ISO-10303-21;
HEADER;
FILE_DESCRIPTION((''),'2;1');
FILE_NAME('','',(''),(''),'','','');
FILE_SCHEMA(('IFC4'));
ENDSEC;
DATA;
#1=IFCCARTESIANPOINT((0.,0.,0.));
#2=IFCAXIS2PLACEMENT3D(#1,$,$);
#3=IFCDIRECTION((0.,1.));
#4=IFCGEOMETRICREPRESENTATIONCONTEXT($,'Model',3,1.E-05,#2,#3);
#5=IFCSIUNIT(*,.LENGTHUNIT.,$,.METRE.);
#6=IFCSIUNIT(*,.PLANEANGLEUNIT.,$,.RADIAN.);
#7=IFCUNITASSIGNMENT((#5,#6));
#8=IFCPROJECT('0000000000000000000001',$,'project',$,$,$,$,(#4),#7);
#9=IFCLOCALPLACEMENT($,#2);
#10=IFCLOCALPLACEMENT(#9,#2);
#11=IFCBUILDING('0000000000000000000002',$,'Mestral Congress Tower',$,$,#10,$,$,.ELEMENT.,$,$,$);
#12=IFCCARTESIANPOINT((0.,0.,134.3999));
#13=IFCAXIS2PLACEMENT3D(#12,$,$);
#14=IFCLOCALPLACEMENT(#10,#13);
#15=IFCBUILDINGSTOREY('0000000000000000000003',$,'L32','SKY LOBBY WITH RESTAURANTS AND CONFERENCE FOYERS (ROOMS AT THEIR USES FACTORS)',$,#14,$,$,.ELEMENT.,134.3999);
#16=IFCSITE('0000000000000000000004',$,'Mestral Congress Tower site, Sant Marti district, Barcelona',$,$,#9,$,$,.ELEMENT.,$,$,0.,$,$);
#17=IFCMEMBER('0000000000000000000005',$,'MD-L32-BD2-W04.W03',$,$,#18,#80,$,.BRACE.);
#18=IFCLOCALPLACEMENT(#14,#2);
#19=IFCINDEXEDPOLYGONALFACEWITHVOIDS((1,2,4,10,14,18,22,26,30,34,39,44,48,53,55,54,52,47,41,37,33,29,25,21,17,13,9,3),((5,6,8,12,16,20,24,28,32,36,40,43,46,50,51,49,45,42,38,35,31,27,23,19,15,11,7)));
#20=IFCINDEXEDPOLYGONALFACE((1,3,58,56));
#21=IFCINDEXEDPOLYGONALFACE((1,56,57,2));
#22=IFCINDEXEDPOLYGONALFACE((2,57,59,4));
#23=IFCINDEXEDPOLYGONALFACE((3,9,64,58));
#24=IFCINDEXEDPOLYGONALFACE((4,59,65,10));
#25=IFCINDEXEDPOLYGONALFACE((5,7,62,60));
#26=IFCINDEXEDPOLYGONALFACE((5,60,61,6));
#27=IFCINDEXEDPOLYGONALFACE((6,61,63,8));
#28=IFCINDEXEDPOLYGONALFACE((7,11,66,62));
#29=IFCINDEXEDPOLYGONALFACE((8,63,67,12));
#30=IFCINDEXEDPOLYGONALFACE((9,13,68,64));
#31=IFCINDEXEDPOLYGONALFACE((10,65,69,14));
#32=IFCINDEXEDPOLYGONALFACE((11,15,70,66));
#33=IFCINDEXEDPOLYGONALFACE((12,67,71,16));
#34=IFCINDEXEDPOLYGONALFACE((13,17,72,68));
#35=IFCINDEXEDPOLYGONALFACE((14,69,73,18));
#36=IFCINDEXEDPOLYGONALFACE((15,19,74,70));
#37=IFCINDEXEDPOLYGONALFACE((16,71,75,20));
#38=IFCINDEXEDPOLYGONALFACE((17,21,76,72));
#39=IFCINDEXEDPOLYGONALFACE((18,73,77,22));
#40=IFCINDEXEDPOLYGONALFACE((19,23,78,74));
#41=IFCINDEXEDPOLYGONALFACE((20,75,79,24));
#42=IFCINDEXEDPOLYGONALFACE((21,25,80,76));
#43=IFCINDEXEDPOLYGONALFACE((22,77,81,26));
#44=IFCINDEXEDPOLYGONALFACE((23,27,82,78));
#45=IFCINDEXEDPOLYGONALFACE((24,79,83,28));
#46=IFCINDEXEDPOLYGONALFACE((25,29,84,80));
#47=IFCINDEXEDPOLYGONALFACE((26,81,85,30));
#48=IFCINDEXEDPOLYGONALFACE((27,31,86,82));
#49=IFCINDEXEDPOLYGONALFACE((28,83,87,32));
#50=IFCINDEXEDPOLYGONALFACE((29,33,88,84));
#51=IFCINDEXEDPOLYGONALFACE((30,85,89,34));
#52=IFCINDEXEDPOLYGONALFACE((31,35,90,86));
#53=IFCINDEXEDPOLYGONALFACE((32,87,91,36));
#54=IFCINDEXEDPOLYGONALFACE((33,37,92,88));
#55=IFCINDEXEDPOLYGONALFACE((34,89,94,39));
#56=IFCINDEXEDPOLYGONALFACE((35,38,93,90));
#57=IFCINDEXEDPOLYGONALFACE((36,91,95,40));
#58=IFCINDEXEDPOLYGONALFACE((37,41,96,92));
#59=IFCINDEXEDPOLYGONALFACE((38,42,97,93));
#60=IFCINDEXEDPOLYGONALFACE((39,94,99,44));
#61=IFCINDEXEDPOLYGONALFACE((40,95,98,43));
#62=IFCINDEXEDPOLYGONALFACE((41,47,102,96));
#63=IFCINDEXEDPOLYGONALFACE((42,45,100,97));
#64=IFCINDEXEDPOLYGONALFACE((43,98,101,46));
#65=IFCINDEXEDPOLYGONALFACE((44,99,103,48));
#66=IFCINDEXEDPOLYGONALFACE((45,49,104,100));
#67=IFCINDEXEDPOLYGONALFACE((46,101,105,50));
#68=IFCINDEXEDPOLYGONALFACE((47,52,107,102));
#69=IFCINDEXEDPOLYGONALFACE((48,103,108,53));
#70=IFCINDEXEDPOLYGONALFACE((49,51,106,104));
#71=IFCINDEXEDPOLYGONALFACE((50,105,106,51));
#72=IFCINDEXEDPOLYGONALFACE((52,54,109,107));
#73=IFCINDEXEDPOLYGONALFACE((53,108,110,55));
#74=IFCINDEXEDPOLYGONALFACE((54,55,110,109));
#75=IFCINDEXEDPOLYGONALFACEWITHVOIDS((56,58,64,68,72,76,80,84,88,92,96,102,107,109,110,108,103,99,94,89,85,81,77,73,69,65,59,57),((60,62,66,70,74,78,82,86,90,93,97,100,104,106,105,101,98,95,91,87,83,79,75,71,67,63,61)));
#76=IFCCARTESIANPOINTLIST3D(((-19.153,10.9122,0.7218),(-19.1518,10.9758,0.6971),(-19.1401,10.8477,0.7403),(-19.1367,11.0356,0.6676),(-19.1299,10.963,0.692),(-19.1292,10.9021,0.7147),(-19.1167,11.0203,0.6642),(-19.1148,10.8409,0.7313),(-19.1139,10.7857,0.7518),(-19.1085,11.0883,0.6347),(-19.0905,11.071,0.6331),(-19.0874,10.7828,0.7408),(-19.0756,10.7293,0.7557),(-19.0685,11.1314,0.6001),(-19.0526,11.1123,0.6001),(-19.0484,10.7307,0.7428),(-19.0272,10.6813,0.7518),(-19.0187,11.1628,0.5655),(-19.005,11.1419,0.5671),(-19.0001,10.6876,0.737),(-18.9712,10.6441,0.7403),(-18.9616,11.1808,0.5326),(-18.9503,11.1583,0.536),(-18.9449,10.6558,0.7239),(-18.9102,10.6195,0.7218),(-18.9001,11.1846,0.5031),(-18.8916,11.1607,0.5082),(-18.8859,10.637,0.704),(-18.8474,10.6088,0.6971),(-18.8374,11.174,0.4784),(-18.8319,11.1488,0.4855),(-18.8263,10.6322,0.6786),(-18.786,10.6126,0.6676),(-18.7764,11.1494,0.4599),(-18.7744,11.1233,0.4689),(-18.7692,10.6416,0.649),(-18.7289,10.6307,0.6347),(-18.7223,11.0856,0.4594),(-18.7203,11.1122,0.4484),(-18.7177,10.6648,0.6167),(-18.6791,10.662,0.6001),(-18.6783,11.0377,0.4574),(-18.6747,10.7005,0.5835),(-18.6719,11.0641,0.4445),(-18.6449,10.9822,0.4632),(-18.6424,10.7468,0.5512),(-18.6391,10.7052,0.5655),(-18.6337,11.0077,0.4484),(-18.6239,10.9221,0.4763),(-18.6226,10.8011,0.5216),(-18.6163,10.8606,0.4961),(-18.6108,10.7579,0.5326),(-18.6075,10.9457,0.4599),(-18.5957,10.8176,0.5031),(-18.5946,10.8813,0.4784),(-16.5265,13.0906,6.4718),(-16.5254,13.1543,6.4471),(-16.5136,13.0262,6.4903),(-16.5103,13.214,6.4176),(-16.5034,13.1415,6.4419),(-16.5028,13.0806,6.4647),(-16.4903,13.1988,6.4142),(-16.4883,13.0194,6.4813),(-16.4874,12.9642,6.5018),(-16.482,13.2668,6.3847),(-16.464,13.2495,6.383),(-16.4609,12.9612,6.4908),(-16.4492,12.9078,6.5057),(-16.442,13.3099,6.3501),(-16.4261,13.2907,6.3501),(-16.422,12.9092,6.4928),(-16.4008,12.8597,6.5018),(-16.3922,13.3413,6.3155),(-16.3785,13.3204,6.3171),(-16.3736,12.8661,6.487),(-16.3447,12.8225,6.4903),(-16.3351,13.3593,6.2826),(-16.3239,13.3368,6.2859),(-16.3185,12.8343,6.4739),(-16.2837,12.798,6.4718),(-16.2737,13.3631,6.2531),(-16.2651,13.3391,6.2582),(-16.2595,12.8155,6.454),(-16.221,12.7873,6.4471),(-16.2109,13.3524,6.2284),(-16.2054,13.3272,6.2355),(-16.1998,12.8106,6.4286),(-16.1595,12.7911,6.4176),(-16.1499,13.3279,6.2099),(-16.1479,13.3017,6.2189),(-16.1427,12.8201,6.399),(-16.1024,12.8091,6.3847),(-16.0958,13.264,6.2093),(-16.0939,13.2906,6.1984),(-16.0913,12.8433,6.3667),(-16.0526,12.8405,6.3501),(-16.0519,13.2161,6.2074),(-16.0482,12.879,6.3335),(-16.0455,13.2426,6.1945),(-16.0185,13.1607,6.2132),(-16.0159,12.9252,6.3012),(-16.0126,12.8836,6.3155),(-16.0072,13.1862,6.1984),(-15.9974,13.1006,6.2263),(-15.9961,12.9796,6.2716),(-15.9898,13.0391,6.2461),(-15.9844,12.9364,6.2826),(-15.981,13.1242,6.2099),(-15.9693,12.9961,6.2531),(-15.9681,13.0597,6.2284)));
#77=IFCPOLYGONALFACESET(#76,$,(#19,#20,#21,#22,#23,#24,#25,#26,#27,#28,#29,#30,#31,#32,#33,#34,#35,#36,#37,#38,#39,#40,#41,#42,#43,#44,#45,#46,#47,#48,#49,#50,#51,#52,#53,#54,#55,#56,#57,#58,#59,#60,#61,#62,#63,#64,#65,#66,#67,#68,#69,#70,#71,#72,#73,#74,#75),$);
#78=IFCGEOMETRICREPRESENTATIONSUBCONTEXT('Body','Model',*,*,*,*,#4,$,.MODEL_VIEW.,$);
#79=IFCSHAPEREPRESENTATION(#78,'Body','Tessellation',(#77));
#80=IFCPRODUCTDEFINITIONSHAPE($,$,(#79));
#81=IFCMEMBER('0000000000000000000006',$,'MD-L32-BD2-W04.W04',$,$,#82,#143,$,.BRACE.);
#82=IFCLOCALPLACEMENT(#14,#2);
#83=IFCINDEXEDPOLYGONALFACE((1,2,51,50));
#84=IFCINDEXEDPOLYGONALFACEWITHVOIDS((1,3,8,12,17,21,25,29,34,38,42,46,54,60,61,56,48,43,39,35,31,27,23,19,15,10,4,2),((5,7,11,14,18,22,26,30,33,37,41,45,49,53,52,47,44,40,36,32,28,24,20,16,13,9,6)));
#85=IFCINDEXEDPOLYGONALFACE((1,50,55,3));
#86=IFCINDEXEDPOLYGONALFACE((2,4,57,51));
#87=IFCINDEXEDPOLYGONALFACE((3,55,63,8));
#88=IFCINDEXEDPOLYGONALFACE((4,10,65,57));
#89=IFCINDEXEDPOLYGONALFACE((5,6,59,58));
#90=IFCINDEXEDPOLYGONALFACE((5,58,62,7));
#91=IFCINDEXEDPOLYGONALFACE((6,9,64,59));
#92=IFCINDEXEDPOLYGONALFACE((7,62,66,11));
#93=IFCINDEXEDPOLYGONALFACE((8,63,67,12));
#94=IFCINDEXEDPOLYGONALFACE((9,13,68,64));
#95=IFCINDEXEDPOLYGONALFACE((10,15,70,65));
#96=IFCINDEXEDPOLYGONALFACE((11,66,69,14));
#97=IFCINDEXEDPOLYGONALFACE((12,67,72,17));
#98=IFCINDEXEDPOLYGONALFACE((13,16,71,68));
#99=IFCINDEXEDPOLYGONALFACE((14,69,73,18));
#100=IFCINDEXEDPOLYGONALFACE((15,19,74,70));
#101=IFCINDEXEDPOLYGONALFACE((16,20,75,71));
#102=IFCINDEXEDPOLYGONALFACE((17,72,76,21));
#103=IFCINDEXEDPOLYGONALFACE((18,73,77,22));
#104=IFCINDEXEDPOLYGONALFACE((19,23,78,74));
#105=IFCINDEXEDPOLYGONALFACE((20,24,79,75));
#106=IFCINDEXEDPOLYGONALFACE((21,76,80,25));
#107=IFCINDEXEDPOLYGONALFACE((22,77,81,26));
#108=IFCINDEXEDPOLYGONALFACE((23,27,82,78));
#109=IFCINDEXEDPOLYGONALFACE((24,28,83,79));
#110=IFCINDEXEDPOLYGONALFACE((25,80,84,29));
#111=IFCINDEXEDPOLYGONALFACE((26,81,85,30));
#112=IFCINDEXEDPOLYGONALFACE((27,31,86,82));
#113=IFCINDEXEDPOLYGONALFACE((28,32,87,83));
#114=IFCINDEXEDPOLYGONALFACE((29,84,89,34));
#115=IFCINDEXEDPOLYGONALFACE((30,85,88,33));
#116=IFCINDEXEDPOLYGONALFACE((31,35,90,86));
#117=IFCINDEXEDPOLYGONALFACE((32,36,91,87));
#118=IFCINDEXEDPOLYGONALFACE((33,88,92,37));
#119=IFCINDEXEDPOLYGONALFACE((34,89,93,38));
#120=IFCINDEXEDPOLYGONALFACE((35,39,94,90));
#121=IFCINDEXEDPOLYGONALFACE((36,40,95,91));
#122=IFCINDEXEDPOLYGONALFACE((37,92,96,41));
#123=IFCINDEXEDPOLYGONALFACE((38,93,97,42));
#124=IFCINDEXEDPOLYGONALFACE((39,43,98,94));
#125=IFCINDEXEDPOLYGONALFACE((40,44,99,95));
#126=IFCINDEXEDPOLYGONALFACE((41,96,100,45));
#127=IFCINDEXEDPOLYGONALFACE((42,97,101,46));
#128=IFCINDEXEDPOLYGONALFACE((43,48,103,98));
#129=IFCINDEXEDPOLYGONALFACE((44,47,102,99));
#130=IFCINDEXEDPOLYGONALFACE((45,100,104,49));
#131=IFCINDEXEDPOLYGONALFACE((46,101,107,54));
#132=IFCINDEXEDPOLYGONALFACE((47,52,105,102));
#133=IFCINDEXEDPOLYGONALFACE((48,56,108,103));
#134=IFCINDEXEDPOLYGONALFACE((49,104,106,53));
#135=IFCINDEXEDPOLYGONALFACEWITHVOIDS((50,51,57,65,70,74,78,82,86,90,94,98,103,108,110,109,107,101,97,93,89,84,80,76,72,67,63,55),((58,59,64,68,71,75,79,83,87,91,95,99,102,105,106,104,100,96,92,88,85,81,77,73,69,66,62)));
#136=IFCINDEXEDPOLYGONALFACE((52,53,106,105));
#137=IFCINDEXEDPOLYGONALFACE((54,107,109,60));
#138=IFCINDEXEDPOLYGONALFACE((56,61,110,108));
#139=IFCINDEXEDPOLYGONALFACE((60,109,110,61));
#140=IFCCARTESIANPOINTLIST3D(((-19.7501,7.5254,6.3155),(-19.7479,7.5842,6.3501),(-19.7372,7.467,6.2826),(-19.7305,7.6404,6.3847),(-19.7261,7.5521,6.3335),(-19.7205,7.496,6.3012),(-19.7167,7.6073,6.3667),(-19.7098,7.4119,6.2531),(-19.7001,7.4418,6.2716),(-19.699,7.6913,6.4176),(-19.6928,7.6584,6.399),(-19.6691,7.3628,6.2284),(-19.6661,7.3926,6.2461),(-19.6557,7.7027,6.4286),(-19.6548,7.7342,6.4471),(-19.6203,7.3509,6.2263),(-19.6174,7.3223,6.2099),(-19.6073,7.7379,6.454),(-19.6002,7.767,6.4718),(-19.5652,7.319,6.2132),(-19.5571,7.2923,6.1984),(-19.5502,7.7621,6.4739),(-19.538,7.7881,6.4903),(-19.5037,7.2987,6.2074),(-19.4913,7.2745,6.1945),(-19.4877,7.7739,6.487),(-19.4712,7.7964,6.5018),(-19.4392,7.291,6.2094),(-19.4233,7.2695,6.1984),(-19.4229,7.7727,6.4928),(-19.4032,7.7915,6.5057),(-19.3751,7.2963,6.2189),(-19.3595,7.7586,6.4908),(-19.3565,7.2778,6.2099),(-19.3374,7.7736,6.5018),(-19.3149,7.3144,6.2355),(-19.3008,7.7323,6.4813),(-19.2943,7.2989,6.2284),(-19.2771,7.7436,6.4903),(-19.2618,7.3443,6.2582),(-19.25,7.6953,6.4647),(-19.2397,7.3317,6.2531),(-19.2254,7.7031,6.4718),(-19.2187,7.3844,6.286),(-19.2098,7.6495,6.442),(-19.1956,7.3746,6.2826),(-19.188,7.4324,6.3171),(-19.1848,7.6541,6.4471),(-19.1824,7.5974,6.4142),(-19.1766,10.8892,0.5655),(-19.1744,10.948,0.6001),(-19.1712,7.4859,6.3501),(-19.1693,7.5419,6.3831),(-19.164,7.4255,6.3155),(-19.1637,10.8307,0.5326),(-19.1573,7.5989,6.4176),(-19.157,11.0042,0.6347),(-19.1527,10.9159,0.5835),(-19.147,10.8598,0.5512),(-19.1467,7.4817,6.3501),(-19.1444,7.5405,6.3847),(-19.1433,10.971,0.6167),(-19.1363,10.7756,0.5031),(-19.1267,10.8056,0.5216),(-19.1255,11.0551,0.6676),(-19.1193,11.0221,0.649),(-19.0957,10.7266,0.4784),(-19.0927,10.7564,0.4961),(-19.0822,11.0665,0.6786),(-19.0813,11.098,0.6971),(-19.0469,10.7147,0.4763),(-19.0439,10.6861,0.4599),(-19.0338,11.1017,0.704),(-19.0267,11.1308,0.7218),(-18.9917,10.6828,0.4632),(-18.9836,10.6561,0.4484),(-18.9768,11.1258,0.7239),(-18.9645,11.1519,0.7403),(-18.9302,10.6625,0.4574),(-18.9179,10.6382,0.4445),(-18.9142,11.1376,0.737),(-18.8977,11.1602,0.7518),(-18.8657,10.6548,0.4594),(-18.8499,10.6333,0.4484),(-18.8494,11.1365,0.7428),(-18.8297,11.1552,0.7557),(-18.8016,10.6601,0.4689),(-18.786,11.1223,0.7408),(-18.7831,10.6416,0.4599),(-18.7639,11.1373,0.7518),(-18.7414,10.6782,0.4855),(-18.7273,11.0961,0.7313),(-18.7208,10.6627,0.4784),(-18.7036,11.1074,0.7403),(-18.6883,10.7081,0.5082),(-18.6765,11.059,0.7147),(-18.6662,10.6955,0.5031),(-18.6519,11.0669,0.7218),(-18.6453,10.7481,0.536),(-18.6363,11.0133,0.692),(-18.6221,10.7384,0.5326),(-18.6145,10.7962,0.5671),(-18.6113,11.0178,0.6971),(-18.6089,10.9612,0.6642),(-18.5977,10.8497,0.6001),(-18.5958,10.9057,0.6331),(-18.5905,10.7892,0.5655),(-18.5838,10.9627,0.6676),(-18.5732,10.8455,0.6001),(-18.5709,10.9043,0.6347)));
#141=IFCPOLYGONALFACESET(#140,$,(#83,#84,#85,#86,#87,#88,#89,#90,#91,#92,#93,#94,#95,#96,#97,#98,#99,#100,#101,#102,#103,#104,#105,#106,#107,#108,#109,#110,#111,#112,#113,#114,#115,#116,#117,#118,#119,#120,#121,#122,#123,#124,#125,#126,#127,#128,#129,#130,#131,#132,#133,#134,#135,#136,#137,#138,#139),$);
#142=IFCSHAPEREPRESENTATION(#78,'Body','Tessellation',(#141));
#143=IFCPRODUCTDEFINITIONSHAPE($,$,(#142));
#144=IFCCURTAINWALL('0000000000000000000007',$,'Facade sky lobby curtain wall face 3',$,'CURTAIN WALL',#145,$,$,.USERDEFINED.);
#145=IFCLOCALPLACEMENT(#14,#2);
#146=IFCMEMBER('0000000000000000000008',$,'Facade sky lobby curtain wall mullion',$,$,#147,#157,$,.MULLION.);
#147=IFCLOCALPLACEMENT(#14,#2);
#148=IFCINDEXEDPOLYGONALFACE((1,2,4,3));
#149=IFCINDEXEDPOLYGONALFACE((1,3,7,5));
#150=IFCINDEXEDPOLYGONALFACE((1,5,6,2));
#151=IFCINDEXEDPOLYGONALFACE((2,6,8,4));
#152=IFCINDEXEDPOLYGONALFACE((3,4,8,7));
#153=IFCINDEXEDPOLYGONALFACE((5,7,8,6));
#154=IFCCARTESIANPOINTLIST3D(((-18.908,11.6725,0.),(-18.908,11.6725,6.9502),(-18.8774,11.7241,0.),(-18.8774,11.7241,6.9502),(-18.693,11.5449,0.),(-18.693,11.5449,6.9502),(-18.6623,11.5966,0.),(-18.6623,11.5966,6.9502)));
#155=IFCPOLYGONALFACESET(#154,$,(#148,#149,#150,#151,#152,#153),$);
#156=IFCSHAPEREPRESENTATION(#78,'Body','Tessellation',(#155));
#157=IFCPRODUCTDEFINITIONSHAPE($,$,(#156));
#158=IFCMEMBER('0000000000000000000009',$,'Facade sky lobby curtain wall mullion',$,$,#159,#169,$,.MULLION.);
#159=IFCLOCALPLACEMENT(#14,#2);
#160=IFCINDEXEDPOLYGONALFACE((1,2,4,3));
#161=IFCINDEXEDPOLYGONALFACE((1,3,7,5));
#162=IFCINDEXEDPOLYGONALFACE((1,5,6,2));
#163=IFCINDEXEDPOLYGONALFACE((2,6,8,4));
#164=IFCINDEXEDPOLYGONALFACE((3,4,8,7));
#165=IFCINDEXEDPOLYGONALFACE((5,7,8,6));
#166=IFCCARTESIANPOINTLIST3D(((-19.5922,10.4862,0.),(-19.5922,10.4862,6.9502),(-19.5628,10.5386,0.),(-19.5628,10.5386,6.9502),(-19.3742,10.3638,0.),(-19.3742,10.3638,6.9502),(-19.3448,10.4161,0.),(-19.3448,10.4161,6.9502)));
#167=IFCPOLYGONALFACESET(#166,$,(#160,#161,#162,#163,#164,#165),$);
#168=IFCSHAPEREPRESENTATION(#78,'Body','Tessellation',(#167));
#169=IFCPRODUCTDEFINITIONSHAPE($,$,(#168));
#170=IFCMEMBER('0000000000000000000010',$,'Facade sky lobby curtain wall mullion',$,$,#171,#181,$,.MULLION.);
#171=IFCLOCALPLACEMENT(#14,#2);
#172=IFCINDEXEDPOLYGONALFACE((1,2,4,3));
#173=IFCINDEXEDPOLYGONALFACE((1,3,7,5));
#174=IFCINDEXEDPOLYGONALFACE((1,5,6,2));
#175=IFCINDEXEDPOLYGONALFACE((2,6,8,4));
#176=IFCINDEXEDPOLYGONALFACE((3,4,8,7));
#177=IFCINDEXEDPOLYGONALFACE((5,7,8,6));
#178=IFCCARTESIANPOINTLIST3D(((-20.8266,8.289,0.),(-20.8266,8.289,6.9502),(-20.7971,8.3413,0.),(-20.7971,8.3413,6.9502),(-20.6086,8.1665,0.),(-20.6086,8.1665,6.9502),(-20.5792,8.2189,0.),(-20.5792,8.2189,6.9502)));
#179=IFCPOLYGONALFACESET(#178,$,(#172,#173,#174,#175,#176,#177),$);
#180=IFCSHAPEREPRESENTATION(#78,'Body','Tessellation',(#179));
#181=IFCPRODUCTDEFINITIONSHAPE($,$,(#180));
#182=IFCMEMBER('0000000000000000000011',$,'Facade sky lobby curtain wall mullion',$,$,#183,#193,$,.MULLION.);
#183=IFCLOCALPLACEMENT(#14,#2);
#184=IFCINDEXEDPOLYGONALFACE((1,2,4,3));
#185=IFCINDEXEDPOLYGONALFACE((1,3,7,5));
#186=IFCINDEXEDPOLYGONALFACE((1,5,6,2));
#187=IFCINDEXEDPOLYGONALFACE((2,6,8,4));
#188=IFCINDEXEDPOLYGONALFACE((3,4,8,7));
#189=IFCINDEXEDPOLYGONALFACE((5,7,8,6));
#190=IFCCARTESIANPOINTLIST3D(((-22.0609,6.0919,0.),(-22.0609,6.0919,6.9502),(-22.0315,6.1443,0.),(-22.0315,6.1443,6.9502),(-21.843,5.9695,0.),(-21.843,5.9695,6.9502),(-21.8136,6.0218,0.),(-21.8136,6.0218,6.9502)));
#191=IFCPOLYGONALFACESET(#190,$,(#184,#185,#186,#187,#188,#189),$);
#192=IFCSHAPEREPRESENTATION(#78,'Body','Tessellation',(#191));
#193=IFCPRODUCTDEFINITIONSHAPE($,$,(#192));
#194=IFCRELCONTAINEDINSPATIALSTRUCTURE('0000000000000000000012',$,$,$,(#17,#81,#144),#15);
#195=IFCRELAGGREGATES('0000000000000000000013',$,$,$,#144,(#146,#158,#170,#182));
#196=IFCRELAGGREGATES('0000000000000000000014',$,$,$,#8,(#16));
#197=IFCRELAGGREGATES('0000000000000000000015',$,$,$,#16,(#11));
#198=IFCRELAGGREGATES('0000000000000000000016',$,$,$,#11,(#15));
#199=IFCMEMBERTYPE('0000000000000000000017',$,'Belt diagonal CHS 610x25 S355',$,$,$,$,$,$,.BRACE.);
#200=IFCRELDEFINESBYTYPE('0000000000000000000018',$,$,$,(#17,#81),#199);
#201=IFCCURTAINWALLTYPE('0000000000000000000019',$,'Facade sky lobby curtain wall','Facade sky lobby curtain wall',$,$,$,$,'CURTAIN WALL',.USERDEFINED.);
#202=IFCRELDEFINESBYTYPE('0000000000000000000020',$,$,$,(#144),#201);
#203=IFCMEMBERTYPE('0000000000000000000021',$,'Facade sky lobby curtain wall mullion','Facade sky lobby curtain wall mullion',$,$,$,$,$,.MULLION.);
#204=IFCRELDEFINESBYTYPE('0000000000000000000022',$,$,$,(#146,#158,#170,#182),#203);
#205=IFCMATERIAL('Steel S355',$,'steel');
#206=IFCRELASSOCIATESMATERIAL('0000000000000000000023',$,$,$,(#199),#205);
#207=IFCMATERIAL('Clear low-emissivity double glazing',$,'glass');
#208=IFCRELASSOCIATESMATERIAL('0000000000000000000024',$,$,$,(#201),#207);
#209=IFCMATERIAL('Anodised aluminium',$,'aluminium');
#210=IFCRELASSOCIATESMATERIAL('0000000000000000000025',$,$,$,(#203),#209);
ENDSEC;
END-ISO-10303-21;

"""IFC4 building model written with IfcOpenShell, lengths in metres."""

from ifc_helpers import new_model, si_unit, direction, frame, origin, origin_2d, place, context, subcontext, project, spatial, rectangle, hollow_circle, extrude, material, material_profile, profile_set, type_object, element, aggregate, save


model = new_model("IFC4")

# Units and contexts
model_context = context("Model", 3, precision=1e-05, world=origin(), true_north=direction((0.0, 1.0)))
body_context = subcontext(model_context, "Body", "Model", "MODEL_VIEW")
ifc_project = project(units=[si_unit("LENGTHUNIT", "METRE"), si_unit("PLANEANGLEUNIT", "RADIAN")], contexts=[model_context])

# Site, building, storey
site_placement = place(None, origin())
site = spatial("IfcSite", under=ifc_project, at=site_placement, Name="Mestral Congress Tower site, Sant Marti district, Barcelona", CompositionType="ELEMENT", RefElevation=0.0)
building_placement = place(site_placement, origin())
building = spatial("IfcBuilding", under=site, at=building_placement, Name="Mestral Congress Tower", CompositionType="ELEMENT")
storey_placement = place(building_placement, frame((0.0, 0.0, 134.3999)))
storey = spatial("IfcBuildingStorey", under=building, at=storey_placement, Name="L32", Description="SKY LOBBY WITH RESTAURANTS AND CONFERENCE FOYERS (ROOMS AT THEIR USES FACTORS)", CompositionType="ELEMENT", Elevation=134.3999)

# Members
ifc_material_1 = material(Name="Steel S355", Category="steel")
ifc_material_profile_1 = material_profile(ifc_material_1, hollow_circle(Radius=0.3049, WallThickness=0.0249, at=origin_2d()), Name="CHS 610x25")
ifc_profile_set_1 = profile_set([ifc_material_profile_1], Name="Steel S355")
member_type_1 = type_object("IfcMemberType", Name="Belt diagonal CHS 610x25 S355", PredefinedType="BRACE", material=ifc_profile_set_1)
for number, where, z_axis, x_axis, name in (
    (1, (-18.8738, 10.8967, 0.6001), (0.392813, 0.325811, 0.859968), (-0.638409, 0.769697, 0.0), "MD-L32-BD2-W04.W03"),
    (2, (-18.8738, 10.8967, 0.6001), (-0.085771, -0.503085, 0.85997), (0.985776, -0.168064, 0.0), "MD-L32-BD2-W04.W04"),
):
    element("IfcMember", number, at=place(storey_placement, frame(where, z_axis=z_axis, x_axis=x_axis)), inside=storey, type_object=member_type_1, Name=name, PredefinedType="BRACE", context=body_context, shape_type="SweptSolid", body=[
        extrude(hollow_circle(Radius=0.3049, WallThickness=0.0249, at=origin_2d()), origin(), (0.0, 0.0, 1.0), 6.6863),
    ])

# Curtain wall, members
ifc_material_2 = material(Name="Clear low-emissivity double glazing", Category="glass")
curtain_wall_type = type_object("IfcCurtainWallType", Name="Facade sky lobby curtain wall", Description="Facade sky lobby curtain wall", ElementType="CURTAIN WALL", PredefinedType="USERDEFINED", material=ifc_material_2)
curtain_wall_placement = place(storey_placement, origin())
curtain_wall = element("IfcCurtainWall", 3, at=curtain_wall_placement, inside=storey, type_object=curtain_wall_type, Name="Facade sky lobby curtain wall face 3", ObjectType="CURTAIN WALL", PredefinedType="USERDEFINED")
ifc_material_3 = material(Name="Anodised aluminium", Category="aluminium")
ifc_material_profile_2 = material_profile(ifc_material_3, rectangle(XDim=0.25, YDim=0.0601, at=origin_2d()), Name="CW1 mullion 250 x 60")
ifc_profile_set_2 = profile_set([ifc_material_profile_2], Name="Anodised aluminium")
member_type_2 = type_object("IfcMemberType", Name="Facade sky lobby curtain wall mullion", Description="Facade sky lobby curtain wall mullion", PredefinedType="MULLION", material=ifc_profile_set_2)
member_1_placement = place(storey_placement, frame((-18.7852, 11.6345, 0.0), z_axis=(0.0, 0.0, 1.0), x_axis=(-0.860119, 0.510094, 0.0)))
member_1 = element("IfcMember", 4, at=member_1_placement, type_object=member_type_2, Name="Facade sky lobby curtain wall mullion", PredefinedType="MULLION", context=body_context, shape_type="SweptSolid", body=[
    extrude(rectangle(XDim=0.25, YDim=0.0601, at=origin_2d()), origin(), (0.0, 0.0, 1.0), 6.9502),
])
member_2_placement = place(storey_placement, frame((-19.4685, 10.4512, 0.0), z_axis=(0.0, 0.0, 1.0), x_axis=(-0.871815, 0.489836, 0.0)))
member_2 = element("IfcMember", 5, at=member_2_placement, type_object=member_type_2, Name="Facade sky lobby curtain wall mullion", PredefinedType="MULLION", context=body_context, shape_type="SweptSolid", body=[
    extrude(rectangle(XDim=0.25, YDim=0.0601, at=origin_2d()), origin(), (0.0, 0.0, 1.0), 6.9502),
])
member_3_placement = place(storey_placement, frame((-20.7029, 8.2539, 0.0), z_axis=(0.0, 0.0, 1.0), x_axis=(-0.871815, 0.489836, 0.0)))
member_3 = element("IfcMember", 6, at=member_3_placement, type_object=member_type_2, Name="Facade sky lobby curtain wall mullion", PredefinedType="MULLION", context=body_context, shape_type="SweptSolid", body=[
    extrude(rectangle(XDim=0.25, YDim=0.0601, at=origin_2d()), origin(), (0.0, 0.0, 1.0), 6.9502),
])
member_4_placement = place(storey_placement, frame((-21.9373, 6.0569, 0.0), z_axis=(0.0, 0.0, 1.0), x_axis=(-0.871815, 0.489836, 0.0)))
member_4 = element("IfcMember", 7, at=member_4_placement, type_object=member_type_2, Name="Facade sky lobby curtain wall mullion", PredefinedType="MULLION", context=body_context, shape_type="SweptSolid", body=[
    extrude(rectangle(XDim=0.25, YDim=0.0601, at=origin_2d()), origin(), (0.0, 0.0, 1.0), 6.9502),
])

aggregate(curtain_wall, [member_1, member_2, member_3, member_4])

save(model, "model.ifc")
